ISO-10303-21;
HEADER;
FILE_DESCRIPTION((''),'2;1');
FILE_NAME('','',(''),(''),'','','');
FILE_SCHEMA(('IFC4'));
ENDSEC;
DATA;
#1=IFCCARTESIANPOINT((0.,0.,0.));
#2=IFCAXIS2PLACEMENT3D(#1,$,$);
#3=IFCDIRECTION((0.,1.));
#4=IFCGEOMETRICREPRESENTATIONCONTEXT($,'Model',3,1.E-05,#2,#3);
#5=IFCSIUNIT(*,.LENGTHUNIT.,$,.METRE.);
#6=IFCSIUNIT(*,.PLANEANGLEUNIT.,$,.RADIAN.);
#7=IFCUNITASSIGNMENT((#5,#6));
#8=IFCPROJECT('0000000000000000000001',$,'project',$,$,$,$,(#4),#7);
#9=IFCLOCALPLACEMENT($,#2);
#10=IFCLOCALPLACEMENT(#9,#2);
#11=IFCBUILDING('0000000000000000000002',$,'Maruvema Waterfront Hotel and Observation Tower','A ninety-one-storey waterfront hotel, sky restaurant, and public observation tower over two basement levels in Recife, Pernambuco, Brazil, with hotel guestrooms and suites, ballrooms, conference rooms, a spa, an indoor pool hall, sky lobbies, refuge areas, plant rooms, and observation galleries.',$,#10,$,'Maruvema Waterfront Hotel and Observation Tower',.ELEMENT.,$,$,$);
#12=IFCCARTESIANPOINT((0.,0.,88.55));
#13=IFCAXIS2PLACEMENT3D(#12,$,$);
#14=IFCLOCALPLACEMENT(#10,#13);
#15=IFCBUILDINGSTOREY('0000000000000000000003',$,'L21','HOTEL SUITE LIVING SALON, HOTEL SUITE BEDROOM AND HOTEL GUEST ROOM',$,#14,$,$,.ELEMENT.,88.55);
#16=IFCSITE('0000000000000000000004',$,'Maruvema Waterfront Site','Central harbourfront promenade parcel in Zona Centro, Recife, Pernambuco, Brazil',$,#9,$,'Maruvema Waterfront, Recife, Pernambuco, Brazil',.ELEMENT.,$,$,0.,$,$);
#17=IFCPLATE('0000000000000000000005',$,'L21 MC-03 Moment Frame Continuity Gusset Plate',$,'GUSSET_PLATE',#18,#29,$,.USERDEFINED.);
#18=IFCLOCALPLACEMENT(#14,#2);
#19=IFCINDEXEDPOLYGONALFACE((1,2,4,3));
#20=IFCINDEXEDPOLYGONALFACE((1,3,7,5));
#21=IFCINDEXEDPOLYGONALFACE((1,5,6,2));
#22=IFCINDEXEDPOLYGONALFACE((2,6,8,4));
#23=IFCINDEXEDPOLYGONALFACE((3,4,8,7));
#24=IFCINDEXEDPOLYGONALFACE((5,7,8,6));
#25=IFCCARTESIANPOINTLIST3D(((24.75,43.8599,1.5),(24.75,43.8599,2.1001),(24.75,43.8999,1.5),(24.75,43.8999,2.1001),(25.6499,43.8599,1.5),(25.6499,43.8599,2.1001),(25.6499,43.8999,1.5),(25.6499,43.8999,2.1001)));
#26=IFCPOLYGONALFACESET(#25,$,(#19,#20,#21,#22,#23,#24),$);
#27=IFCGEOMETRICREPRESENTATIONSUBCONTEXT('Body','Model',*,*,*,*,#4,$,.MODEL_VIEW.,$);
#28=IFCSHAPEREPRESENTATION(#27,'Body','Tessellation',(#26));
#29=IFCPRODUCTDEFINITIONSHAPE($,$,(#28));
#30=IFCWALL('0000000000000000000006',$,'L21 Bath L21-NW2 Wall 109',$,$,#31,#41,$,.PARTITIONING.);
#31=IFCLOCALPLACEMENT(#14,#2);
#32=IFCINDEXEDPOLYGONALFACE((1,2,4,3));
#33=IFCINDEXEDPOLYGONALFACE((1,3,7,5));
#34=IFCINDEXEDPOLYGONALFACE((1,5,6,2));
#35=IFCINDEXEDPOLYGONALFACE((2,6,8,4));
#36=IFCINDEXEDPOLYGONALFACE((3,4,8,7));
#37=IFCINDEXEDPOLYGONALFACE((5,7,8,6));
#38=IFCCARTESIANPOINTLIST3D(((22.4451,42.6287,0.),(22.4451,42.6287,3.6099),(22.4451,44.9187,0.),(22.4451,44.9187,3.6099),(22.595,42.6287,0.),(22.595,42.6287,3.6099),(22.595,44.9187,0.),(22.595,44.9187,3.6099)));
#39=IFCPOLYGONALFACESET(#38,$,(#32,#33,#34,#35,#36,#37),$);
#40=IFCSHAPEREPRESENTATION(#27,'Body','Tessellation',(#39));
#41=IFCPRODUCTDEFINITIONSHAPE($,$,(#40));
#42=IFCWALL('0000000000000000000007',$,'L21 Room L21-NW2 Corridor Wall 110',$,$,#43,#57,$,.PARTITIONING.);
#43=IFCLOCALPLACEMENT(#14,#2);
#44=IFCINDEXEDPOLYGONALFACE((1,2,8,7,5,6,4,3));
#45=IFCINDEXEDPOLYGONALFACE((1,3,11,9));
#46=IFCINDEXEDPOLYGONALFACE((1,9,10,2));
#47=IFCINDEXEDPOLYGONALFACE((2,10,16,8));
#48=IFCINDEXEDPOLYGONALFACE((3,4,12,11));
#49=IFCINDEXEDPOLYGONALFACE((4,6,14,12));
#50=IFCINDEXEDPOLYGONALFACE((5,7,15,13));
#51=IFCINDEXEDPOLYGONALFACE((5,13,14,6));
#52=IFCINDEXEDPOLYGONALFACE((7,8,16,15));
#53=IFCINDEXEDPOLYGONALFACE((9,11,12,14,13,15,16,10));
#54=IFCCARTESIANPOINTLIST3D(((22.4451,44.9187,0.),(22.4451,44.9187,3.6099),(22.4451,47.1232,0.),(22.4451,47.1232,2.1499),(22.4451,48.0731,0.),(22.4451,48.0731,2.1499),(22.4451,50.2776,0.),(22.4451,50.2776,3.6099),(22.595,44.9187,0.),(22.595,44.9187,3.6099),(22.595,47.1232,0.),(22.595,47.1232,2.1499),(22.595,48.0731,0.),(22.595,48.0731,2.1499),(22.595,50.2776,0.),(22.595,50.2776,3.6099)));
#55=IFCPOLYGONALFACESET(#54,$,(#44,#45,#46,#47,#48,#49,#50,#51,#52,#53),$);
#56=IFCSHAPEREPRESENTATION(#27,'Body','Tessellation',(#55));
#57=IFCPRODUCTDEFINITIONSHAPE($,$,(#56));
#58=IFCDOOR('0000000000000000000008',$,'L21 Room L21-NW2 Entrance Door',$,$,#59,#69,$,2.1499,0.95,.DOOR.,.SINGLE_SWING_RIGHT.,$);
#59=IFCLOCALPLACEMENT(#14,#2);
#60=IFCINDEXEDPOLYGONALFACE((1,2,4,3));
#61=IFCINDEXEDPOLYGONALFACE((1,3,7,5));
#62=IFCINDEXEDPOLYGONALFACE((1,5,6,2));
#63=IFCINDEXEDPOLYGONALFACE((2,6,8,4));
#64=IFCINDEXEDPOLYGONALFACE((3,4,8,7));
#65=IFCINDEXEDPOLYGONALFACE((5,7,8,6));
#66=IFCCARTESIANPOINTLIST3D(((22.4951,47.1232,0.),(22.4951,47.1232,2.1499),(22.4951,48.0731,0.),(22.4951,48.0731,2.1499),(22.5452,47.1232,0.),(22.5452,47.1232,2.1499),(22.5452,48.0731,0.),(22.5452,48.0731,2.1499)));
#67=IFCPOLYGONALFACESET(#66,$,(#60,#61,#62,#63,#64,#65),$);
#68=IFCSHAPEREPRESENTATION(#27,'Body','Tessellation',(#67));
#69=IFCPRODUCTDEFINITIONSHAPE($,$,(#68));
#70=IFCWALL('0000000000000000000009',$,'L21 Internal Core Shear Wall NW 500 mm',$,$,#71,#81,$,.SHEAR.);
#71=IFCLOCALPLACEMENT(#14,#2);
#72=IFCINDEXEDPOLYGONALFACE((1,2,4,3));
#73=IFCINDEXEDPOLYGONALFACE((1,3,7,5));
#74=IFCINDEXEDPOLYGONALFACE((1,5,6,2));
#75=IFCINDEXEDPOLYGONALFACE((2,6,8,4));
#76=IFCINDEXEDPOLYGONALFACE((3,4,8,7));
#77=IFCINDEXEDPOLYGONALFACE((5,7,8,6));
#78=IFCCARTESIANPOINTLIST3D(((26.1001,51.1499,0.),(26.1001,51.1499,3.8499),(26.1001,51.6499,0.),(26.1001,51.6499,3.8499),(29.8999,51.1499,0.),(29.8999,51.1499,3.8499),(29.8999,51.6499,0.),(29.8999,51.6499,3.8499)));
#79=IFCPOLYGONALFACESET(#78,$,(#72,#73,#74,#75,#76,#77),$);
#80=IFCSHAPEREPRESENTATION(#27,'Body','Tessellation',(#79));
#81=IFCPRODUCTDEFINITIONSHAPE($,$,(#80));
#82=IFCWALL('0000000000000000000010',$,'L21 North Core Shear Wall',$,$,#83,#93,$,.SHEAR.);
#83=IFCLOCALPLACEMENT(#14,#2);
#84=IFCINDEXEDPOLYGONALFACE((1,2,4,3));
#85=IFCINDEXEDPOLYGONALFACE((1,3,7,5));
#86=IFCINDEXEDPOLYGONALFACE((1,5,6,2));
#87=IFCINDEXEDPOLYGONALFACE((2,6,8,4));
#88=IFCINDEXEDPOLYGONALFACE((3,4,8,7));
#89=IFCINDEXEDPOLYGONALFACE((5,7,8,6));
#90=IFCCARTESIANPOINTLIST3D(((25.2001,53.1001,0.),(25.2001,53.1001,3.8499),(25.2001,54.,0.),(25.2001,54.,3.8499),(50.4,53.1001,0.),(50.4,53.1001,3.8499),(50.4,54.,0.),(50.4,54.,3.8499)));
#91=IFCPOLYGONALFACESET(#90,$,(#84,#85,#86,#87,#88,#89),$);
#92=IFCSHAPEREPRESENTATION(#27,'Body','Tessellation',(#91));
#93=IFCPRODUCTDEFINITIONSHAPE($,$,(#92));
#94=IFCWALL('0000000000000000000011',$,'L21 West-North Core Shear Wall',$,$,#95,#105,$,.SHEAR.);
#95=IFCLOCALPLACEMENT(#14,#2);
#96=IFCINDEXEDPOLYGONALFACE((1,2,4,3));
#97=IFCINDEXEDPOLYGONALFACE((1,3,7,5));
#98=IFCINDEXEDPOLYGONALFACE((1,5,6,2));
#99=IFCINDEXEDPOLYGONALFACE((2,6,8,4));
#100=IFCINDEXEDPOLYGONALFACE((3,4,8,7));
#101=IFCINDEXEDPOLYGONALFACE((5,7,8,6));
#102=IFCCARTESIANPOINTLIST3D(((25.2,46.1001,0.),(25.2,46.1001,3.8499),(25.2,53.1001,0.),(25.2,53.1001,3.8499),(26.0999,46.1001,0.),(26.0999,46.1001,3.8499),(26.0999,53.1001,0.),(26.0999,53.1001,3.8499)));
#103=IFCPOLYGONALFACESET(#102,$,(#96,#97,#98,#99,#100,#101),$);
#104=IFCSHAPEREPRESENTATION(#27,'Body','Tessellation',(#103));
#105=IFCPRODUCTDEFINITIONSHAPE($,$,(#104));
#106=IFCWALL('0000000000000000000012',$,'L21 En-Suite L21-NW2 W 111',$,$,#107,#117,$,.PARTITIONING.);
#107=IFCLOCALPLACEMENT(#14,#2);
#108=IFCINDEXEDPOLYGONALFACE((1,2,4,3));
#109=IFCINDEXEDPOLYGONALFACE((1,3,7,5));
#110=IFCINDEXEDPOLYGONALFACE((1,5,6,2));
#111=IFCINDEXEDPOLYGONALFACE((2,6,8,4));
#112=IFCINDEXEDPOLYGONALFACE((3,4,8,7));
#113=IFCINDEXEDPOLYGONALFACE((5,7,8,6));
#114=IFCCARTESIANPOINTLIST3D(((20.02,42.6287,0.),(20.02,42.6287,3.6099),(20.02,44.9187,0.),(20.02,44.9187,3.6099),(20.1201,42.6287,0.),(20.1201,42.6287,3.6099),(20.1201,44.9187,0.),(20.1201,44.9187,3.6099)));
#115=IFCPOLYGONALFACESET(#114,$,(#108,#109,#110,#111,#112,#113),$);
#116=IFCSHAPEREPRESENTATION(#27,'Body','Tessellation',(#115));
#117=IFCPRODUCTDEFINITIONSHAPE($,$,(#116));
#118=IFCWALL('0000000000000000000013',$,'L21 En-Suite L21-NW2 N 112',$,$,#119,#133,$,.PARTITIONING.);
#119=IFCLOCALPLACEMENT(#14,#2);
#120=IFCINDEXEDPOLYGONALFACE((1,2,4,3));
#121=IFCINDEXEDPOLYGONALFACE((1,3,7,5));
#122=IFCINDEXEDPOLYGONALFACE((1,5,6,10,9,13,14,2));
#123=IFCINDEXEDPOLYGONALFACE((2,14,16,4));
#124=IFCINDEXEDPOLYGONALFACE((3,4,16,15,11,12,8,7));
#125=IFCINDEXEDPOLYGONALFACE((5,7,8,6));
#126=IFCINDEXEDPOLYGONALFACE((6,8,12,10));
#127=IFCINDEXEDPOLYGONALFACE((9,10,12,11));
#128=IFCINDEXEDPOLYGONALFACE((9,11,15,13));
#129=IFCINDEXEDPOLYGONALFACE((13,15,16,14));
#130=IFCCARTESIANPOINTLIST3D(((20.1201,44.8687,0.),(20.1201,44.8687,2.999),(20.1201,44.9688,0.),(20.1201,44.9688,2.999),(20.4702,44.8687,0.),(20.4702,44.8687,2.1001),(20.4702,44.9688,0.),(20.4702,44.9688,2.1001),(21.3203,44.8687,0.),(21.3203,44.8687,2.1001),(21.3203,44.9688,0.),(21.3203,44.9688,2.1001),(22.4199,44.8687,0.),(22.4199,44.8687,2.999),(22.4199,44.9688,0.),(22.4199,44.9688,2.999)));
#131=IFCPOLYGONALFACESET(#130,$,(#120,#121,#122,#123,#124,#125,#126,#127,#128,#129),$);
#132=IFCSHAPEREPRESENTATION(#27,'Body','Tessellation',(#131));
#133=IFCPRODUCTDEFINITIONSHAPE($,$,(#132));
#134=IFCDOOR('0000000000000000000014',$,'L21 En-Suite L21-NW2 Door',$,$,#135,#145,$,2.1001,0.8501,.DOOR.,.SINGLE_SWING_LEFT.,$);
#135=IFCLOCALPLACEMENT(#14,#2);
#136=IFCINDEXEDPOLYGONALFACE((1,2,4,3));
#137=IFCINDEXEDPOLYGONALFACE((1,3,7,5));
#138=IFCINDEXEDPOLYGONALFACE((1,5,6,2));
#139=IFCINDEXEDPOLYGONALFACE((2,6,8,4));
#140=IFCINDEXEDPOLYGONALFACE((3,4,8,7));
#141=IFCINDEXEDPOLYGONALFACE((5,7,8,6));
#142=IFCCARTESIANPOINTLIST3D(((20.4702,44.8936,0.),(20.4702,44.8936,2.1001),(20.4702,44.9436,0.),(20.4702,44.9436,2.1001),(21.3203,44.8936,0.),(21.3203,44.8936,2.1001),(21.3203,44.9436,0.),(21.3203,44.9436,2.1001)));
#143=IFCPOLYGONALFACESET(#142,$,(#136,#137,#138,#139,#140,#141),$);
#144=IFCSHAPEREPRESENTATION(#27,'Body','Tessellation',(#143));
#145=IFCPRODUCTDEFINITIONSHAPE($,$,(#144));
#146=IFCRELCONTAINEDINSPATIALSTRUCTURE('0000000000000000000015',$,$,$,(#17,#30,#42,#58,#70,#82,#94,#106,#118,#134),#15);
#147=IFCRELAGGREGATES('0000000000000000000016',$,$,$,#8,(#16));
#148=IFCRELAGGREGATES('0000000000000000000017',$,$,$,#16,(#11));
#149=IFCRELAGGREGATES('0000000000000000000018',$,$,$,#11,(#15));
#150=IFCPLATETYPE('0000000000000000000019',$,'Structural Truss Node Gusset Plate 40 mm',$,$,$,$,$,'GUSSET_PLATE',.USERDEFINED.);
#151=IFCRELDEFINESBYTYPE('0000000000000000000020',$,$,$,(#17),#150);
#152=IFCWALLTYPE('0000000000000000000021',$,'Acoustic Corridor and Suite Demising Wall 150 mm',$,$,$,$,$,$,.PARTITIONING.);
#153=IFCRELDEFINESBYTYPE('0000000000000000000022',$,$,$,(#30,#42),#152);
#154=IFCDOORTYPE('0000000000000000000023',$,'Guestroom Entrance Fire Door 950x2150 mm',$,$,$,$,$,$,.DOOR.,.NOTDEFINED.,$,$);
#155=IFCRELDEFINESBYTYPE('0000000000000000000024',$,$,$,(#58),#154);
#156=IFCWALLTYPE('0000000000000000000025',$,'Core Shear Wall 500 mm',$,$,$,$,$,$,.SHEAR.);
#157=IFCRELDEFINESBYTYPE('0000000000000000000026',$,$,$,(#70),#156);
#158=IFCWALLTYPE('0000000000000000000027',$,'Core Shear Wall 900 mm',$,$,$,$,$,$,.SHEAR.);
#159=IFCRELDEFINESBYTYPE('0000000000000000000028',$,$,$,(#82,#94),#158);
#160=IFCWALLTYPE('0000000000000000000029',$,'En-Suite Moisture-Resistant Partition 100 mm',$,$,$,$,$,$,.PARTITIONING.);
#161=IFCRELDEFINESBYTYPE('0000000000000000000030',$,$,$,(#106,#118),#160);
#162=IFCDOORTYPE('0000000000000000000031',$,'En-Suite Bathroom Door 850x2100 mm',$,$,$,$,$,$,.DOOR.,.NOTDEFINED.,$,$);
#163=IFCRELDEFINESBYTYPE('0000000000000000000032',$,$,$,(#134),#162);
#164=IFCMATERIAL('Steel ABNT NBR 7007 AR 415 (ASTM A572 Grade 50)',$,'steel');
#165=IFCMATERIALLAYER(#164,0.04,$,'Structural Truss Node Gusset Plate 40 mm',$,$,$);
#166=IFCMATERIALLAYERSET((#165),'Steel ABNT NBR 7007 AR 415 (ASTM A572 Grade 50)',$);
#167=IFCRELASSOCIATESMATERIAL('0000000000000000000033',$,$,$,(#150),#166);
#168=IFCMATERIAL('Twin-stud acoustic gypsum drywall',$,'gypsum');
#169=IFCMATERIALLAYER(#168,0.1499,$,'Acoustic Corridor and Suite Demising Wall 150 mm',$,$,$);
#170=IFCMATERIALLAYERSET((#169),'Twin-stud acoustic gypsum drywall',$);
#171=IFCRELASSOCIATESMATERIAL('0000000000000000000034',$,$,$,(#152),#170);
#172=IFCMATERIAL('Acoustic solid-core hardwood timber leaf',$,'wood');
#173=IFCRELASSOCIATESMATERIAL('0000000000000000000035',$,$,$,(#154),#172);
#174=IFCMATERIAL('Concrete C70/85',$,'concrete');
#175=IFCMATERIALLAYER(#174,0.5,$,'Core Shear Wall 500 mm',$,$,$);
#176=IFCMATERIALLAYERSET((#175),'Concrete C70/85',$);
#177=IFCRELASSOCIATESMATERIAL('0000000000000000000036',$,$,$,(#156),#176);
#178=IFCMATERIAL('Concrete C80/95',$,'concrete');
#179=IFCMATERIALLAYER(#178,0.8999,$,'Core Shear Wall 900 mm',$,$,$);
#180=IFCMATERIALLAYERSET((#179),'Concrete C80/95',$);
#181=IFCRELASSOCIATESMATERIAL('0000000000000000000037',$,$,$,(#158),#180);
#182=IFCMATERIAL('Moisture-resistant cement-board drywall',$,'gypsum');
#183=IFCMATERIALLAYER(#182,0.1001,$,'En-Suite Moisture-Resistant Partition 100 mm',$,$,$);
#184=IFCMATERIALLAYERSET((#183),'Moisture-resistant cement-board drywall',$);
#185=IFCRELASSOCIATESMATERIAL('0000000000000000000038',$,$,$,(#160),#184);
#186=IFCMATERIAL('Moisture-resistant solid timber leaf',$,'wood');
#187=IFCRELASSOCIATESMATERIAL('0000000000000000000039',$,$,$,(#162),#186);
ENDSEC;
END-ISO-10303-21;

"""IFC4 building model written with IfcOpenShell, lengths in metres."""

from ifc_helpers import new_model, si_unit, direction, frame, frame_2d, origin, origin_2d, place, context, subcontext, project, spatial, rectangle, extrude, material, layer, layer_set, type_object, element, fill, save


model = new_model("IFC4")

# Units and contexts
model_context = context("Model", 3, precision=1e-05, world=origin(), true_north=direction((0.0, 1.0)))
body_context = subcontext(model_context, "Body", "Model", "MODEL_VIEW")
ifc_project = project(units=[si_unit("LENGTHUNIT", "METRE"), si_unit("PLANEANGLEUNIT", "RADIAN")], contexts=[model_context])

# Site, building, storey
site_placement = place(None, origin())
site = spatial("IfcSite", under=ifc_project, at=site_placement, Name="Maruvema Waterfront Site", Description="Central harbourfront promenade parcel in Zona Centro, Recife, Pernambuco, Brazil", LongName="Maruvema Waterfront, Recife, Pernambuco, Brazil", CompositionType="ELEMENT", RefElevation=0.0)
building_placement = place(site_placement, origin())
building = spatial("IfcBuilding", under=site, at=building_placement, Name="Maruvema Waterfront Hotel and Observation Tower", Description="A ninety-one-storey waterfront hotel, sky restaurant, and public observation tower over two basement levels in Recife, Pernambuco, Brazil, with hotel guestrooms and suites, ballrooms, conference rooms, a spa, an indoor pool hall, sky lobbies, refuge areas, plant rooms, and observation galleries.", LongName="Maruvema Waterfront Hotel and Observation Tower", CompositionType="ELEMENT")
storey_placement = place(building_placement, frame((0.0, 0.0, 88.55)))
storey = spatial("IfcBuildingStorey", under=building, at=storey_placement, Name="L21", Description="HOTEL SUITE LIVING SALON, HOTEL SUITE BEDROOM AND HOTEL GUEST ROOM", CompositionType="ELEMENT", Elevation=88.55)

# Plate
ifc_material_1 = material(Name="Steel ABNT NBR 7007 AR 415 (ASTM A572 Grade 50)", Category="steel")
ifc_layer_1 = layer(ifc_material_1, 0.04, Name="Structural Truss Node Gusset Plate 40 mm")
ifc_layer_set_1 = layer_set([ifc_layer_1], Name="Steel ABNT NBR 7007 AR 415 (ASTM A572 Grade 50)")
plate_type_1 = type_object("IfcPlateType", Name="Structural Truss Node Gusset Plate 40 mm", ElementType="GUSSET_PLATE", PredefinedType="USERDEFINED", material=ifc_layer_set_1)
plate_1_placement = place(storey_placement, frame((25.2, 43.8799, 1.5), z_axis=(0.0, 0.0, 1.0), x_axis=(1.0, 0.0, 0.0)))
element("IfcPlate", 1, at=plate_1_placement, inside=storey, type_object=plate_type_1, Name="L21 MC-03 Moment Frame Continuity Gusset Plate", ObjectType="GUSSET_PLATE", PredefinedType="USERDEFINED", context=body_context, shape_type="SweptSolid", body=[
    extrude(rectangle(XDim=0.8999, YDim=0.04, at=origin_2d()), origin(), (0.0, 0.0, 1.0), 0.6001),
])

# Wall
ifc_material_2 = material(Name="Twin-stud acoustic gypsum drywall", Category="gypsum")
ifc_layer_2 = layer(ifc_material_2, 0.1499, Name="Acoustic Corridor and Suite Demising Wall 150 mm")
ifc_layer_set_2 = layer_set([ifc_layer_2], Name="Twin-stud acoustic gypsum drywall")
wall_type_1 = type_object("IfcWallType", Name="Acoustic Corridor and Suite Demising Wall 150 mm", PredefinedType="PARTITIONING", material=ifc_layer_set_2)
wall_1_placement = place(storey_placement, frame((22.52, 42.6287, 0.0), z_axis=(0.0, 0.0, 1.0), x_axis=(0.0, 1.0, 0.0)))
element("IfcWall", 2, at=wall_1_placement, inside=storey, type_object=wall_type_1, Name="L21 Bath L21-NW2 Wall 109", PredefinedType="PARTITIONING", context=body_context, shape_type="SweptSolid", body=[
    extrude(rectangle(XDim=2.29, YDim=0.1499, at=frame_2d((1.145, 0.0))), origin(), (0.0, 0.0, 1.0), 3.6099),
])

# Wall, opening, door
wall_2_placement = place(storey_placement, frame((22.52, 44.9187, 0.0), z_axis=(0.0, 0.0, 1.0), x_axis=(0.0, 1.0, 0.0)))
wall_2 = element("IfcWall", 3, at=wall_2_placement, inside=storey, type_object=wall_type_1, Name="L21 Room L21-NW2 Corridor Wall 110", PredefinedType="PARTITIONING", context=body_context, shape_type="SweptSolid", body=[
    extrude(rectangle(XDim=5.3589, YDim=0.1499, at=frame_2d((2.6794, 0.0))), origin(), (0.0, 0.0, 1.0), 3.6099),
])
opening_1_placement = place(wall_2_placement, frame((2.2043, 0.0, 0.0)))
opening_1 = element("IfcOpeningElement", 4, at=opening_1_placement, cuts=wall_2, PredefinedType="OPENING", context=body_context, shape_type="SweptSolid", body=[
    extrude(rectangle(XDim=0.95, YDim=2.1499, at=frame_2d((0.4751, 1.075))), frame((0.0, 0.085, 0.0), z_axis=(0.0, -1.0, 0.0), x_axis=(1.0, 0.0, 0.0)), (0.0, 0.0, 1.0), 0.1699),
])
ifc_material_3 = material(Name="Acoustic solid-core hardwood timber leaf", Category="wood")
door_type_1 = type_object("IfcDoorType", Name="Guestroom Entrance Fire Door 950x2150 mm", OperationType="NOTDEFINED", PredefinedType="DOOR", material=ifc_material_3)
door_1_placement = place(opening_1_placement, origin())
door_1 = element("IfcDoor", 5, at=door_1_placement, inside=storey, type_object=door_type_1, Name="L21 Room L21-NW2 Entrance Door", OperationType="SINGLE_SWING_RIGHT", OverallHeight=2.1499, OverallWidth=0.95, PredefinedType="DOOR", context=body_context, shape_type="SweptSolid", body=[
    extrude(rectangle(XDim=0.95, YDim=2.1499, at=frame_2d((0.4751, 1.075))), frame((0.0, 0.0249, 0.0), z_axis=(0.0, -1.0, 0.0), x_axis=(1.0, 0.0, 0.0)), (0.0, 0.0, 1.0), 0.05),
])
fill(opening_1, door_1)

# Walls
ifc_material_4 = material(Name="Concrete C70/85", Category="concrete")
ifc_layer_3 = layer(ifc_material_4, 0.5, Name="Core Shear Wall 500 mm")
ifc_layer_set_3 = layer_set([ifc_layer_3], Name="Concrete C70/85")
wall_type_2 = type_object("IfcWallType", Name="Core Shear Wall 500 mm", PredefinedType="SHEAR", material=ifc_layer_set_3)
wall_3_placement = place(storey_placement, frame((26.1001, 51.3999, 0.0), z_axis=(0.0, 0.0, 1.0), x_axis=(1.0, 0.0, 0.0)))
element("IfcWall", 6, at=wall_3_placement, inside=storey, type_object=wall_type_2, Name="L21 Internal Core Shear Wall NW 500 mm", PredefinedType="SHEAR", context=body_context, shape_type="SweptSolid", body=[
    extrude(rectangle(XDim=3.7998, YDim=0.5, at=frame_2d((1.8999, 0.0))), origin(), (0.0, 0.0, 1.0), 3.8499),
])
ifc_material_5 = material(Name="Concrete C80/95", Category="concrete")
ifc_layer_4 = layer(ifc_material_5, 0.8999, Name="Core Shear Wall 900 mm")
ifc_layer_set_4 = layer_set([ifc_layer_4], Name="Concrete C80/95")
wall_type_3 = type_object("IfcWallType", Name="Core Shear Wall 900 mm", PredefinedType="SHEAR", material=ifc_layer_set_4)
wall_4_placement = place(storey_placement, frame((25.2, 53.55, 0.0), z_axis=(0.0, 0.0, 1.0), x_axis=(1.0, 0.0, 0.0)))
element("IfcWall", 7, at=wall_4_placement, inside=storey, type_object=wall_type_3, Name="L21 North Core Shear Wall", PredefinedType="SHEAR", context=body_context, shape_type="SweptSolid", body=[
    extrude(rectangle(XDim=25.2, YDim=0.8999, at=frame_2d((12.6001, 0.0))), origin(), (0.0, 0.0, 1.0), 3.8499),
])
wall_5_placement = place(storey_placement, frame((25.6499, 46.1001, 0.0), z_axis=(0.0, 0.0, 1.0), x_axis=(0.0, 1.0, 0.0)))
element("IfcWall", 8, at=wall_5_placement, inside=storey, type_object=wall_type_3, Name="L21 West-North Core Shear Wall", PredefinedType="SHEAR", context=body_context, shape_type="SweptSolid", body=[
    extrude(rectangle(XDim=7.0, YDim=0.8999, at=frame_2d((3.5, 0.0))), origin(), (0.0, 0.0, 1.0), 3.8499),
])
ifc_material_6 = material(Name="Moisture-resistant cement-board drywall", Category="gypsum")
ifc_layer_5 = layer(ifc_material_6, 0.1001, Name="En-Suite Moisture-Resistant Partition 100 mm")
ifc_layer_set_5 = layer_set([ifc_layer_5], Name="Moisture-resistant cement-board drywall")
wall_type_4 = type_object("IfcWallType", Name="En-Suite Moisture-Resistant Partition 100 mm", PredefinedType="PARTITIONING", material=ifc_layer_set_5)
wall_6_placement = place(storey_placement, frame((20.0701, 42.6287, 0.0), z_axis=(0.0, 0.0, 1.0), x_axis=(0.0, 1.0, 0.0)))
element("IfcWall", 9, at=wall_6_placement, inside=storey, type_object=wall_type_4, Name="L21 En-Suite L21-NW2 W 111", PredefinedType="PARTITIONING", context=body_context, shape_type="SweptSolid", body=[
    extrude(rectangle(XDim=2.29, YDim=0.1001, at=frame_2d((1.145, 0.0))), origin(), (0.0, 0.0, 1.0), 3.6099),
])

# Wall, opening, door
wall_7_placement = place(storey_placement, frame((20.1201, 44.9187, 0.0), z_axis=(0.0, 0.0, 1.0), x_axis=(1.0, 0.0, 0.0)))
wall_7 = element("IfcWall", 10, at=wall_7_placement, inside=storey, type_object=wall_type_4, Name="L21 En-Suite L21-NW2 N 112", PredefinedType="PARTITIONING", context=body_context, shape_type="SweptSolid", body=[
    extrude(rectangle(XDim=2.2998, YDim=0.1001, at=frame_2d((1.1499, 0.0))), origin(), (0.0, 0.0, 1.0), 2.999),
])
opening_2_placement = place(wall_7_placement, frame((0.3501, 0.0, 0.0)))
opening_2 = element("IfcOpeningElement", 11, at=opening_2_placement, cuts=wall_7, PredefinedType="OPENING", context=body_context, shape_type="SweptSolid", body=[
    extrude(rectangle(XDim=0.8501, YDim=2.1001, at=frame_2d((0.425, 1.05))), frame((0.0, 0.0601, 0.0), z_axis=(0.0, -1.0, 0.0), x_axis=(1.0, 0.0, 0.0)), (0.0, 0.0, 1.0), 0.1201),
])
ifc_material_7 = material(Name="Moisture-resistant solid timber leaf", Category="wood")
door_type_2 = type_object("IfcDoorType", Name="En-Suite Bathroom Door 850x2100 mm", OperationType="NOTDEFINED", PredefinedType="DOOR", material=ifc_material_7)
door_2_placement = place(opening_2_placement, origin())
door_2 = element("IfcDoor", 12, at=door_2_placement, inside=storey, type_object=door_type_2, Name="L21 En-Suite L21-NW2 Door", OperationType="SINGLE_SWING_LEFT", OverallHeight=2.1001, OverallWidth=0.8501, PredefinedType="DOOR", context=body_context, shape_type="SweptSolid", body=[
    extrude(rectangle(XDim=0.8501, YDim=2.1001, at=frame_2d((0.425, 1.05))), frame((0.0, 0.0249, 0.0), z_axis=(0.0, -1.0, 0.0), x_axis=(1.0, 0.0, 0.0)), (0.0, 0.0, 1.0), 0.05),
])
fill(opening_2, door_2)

save(model, "model.ifc")
